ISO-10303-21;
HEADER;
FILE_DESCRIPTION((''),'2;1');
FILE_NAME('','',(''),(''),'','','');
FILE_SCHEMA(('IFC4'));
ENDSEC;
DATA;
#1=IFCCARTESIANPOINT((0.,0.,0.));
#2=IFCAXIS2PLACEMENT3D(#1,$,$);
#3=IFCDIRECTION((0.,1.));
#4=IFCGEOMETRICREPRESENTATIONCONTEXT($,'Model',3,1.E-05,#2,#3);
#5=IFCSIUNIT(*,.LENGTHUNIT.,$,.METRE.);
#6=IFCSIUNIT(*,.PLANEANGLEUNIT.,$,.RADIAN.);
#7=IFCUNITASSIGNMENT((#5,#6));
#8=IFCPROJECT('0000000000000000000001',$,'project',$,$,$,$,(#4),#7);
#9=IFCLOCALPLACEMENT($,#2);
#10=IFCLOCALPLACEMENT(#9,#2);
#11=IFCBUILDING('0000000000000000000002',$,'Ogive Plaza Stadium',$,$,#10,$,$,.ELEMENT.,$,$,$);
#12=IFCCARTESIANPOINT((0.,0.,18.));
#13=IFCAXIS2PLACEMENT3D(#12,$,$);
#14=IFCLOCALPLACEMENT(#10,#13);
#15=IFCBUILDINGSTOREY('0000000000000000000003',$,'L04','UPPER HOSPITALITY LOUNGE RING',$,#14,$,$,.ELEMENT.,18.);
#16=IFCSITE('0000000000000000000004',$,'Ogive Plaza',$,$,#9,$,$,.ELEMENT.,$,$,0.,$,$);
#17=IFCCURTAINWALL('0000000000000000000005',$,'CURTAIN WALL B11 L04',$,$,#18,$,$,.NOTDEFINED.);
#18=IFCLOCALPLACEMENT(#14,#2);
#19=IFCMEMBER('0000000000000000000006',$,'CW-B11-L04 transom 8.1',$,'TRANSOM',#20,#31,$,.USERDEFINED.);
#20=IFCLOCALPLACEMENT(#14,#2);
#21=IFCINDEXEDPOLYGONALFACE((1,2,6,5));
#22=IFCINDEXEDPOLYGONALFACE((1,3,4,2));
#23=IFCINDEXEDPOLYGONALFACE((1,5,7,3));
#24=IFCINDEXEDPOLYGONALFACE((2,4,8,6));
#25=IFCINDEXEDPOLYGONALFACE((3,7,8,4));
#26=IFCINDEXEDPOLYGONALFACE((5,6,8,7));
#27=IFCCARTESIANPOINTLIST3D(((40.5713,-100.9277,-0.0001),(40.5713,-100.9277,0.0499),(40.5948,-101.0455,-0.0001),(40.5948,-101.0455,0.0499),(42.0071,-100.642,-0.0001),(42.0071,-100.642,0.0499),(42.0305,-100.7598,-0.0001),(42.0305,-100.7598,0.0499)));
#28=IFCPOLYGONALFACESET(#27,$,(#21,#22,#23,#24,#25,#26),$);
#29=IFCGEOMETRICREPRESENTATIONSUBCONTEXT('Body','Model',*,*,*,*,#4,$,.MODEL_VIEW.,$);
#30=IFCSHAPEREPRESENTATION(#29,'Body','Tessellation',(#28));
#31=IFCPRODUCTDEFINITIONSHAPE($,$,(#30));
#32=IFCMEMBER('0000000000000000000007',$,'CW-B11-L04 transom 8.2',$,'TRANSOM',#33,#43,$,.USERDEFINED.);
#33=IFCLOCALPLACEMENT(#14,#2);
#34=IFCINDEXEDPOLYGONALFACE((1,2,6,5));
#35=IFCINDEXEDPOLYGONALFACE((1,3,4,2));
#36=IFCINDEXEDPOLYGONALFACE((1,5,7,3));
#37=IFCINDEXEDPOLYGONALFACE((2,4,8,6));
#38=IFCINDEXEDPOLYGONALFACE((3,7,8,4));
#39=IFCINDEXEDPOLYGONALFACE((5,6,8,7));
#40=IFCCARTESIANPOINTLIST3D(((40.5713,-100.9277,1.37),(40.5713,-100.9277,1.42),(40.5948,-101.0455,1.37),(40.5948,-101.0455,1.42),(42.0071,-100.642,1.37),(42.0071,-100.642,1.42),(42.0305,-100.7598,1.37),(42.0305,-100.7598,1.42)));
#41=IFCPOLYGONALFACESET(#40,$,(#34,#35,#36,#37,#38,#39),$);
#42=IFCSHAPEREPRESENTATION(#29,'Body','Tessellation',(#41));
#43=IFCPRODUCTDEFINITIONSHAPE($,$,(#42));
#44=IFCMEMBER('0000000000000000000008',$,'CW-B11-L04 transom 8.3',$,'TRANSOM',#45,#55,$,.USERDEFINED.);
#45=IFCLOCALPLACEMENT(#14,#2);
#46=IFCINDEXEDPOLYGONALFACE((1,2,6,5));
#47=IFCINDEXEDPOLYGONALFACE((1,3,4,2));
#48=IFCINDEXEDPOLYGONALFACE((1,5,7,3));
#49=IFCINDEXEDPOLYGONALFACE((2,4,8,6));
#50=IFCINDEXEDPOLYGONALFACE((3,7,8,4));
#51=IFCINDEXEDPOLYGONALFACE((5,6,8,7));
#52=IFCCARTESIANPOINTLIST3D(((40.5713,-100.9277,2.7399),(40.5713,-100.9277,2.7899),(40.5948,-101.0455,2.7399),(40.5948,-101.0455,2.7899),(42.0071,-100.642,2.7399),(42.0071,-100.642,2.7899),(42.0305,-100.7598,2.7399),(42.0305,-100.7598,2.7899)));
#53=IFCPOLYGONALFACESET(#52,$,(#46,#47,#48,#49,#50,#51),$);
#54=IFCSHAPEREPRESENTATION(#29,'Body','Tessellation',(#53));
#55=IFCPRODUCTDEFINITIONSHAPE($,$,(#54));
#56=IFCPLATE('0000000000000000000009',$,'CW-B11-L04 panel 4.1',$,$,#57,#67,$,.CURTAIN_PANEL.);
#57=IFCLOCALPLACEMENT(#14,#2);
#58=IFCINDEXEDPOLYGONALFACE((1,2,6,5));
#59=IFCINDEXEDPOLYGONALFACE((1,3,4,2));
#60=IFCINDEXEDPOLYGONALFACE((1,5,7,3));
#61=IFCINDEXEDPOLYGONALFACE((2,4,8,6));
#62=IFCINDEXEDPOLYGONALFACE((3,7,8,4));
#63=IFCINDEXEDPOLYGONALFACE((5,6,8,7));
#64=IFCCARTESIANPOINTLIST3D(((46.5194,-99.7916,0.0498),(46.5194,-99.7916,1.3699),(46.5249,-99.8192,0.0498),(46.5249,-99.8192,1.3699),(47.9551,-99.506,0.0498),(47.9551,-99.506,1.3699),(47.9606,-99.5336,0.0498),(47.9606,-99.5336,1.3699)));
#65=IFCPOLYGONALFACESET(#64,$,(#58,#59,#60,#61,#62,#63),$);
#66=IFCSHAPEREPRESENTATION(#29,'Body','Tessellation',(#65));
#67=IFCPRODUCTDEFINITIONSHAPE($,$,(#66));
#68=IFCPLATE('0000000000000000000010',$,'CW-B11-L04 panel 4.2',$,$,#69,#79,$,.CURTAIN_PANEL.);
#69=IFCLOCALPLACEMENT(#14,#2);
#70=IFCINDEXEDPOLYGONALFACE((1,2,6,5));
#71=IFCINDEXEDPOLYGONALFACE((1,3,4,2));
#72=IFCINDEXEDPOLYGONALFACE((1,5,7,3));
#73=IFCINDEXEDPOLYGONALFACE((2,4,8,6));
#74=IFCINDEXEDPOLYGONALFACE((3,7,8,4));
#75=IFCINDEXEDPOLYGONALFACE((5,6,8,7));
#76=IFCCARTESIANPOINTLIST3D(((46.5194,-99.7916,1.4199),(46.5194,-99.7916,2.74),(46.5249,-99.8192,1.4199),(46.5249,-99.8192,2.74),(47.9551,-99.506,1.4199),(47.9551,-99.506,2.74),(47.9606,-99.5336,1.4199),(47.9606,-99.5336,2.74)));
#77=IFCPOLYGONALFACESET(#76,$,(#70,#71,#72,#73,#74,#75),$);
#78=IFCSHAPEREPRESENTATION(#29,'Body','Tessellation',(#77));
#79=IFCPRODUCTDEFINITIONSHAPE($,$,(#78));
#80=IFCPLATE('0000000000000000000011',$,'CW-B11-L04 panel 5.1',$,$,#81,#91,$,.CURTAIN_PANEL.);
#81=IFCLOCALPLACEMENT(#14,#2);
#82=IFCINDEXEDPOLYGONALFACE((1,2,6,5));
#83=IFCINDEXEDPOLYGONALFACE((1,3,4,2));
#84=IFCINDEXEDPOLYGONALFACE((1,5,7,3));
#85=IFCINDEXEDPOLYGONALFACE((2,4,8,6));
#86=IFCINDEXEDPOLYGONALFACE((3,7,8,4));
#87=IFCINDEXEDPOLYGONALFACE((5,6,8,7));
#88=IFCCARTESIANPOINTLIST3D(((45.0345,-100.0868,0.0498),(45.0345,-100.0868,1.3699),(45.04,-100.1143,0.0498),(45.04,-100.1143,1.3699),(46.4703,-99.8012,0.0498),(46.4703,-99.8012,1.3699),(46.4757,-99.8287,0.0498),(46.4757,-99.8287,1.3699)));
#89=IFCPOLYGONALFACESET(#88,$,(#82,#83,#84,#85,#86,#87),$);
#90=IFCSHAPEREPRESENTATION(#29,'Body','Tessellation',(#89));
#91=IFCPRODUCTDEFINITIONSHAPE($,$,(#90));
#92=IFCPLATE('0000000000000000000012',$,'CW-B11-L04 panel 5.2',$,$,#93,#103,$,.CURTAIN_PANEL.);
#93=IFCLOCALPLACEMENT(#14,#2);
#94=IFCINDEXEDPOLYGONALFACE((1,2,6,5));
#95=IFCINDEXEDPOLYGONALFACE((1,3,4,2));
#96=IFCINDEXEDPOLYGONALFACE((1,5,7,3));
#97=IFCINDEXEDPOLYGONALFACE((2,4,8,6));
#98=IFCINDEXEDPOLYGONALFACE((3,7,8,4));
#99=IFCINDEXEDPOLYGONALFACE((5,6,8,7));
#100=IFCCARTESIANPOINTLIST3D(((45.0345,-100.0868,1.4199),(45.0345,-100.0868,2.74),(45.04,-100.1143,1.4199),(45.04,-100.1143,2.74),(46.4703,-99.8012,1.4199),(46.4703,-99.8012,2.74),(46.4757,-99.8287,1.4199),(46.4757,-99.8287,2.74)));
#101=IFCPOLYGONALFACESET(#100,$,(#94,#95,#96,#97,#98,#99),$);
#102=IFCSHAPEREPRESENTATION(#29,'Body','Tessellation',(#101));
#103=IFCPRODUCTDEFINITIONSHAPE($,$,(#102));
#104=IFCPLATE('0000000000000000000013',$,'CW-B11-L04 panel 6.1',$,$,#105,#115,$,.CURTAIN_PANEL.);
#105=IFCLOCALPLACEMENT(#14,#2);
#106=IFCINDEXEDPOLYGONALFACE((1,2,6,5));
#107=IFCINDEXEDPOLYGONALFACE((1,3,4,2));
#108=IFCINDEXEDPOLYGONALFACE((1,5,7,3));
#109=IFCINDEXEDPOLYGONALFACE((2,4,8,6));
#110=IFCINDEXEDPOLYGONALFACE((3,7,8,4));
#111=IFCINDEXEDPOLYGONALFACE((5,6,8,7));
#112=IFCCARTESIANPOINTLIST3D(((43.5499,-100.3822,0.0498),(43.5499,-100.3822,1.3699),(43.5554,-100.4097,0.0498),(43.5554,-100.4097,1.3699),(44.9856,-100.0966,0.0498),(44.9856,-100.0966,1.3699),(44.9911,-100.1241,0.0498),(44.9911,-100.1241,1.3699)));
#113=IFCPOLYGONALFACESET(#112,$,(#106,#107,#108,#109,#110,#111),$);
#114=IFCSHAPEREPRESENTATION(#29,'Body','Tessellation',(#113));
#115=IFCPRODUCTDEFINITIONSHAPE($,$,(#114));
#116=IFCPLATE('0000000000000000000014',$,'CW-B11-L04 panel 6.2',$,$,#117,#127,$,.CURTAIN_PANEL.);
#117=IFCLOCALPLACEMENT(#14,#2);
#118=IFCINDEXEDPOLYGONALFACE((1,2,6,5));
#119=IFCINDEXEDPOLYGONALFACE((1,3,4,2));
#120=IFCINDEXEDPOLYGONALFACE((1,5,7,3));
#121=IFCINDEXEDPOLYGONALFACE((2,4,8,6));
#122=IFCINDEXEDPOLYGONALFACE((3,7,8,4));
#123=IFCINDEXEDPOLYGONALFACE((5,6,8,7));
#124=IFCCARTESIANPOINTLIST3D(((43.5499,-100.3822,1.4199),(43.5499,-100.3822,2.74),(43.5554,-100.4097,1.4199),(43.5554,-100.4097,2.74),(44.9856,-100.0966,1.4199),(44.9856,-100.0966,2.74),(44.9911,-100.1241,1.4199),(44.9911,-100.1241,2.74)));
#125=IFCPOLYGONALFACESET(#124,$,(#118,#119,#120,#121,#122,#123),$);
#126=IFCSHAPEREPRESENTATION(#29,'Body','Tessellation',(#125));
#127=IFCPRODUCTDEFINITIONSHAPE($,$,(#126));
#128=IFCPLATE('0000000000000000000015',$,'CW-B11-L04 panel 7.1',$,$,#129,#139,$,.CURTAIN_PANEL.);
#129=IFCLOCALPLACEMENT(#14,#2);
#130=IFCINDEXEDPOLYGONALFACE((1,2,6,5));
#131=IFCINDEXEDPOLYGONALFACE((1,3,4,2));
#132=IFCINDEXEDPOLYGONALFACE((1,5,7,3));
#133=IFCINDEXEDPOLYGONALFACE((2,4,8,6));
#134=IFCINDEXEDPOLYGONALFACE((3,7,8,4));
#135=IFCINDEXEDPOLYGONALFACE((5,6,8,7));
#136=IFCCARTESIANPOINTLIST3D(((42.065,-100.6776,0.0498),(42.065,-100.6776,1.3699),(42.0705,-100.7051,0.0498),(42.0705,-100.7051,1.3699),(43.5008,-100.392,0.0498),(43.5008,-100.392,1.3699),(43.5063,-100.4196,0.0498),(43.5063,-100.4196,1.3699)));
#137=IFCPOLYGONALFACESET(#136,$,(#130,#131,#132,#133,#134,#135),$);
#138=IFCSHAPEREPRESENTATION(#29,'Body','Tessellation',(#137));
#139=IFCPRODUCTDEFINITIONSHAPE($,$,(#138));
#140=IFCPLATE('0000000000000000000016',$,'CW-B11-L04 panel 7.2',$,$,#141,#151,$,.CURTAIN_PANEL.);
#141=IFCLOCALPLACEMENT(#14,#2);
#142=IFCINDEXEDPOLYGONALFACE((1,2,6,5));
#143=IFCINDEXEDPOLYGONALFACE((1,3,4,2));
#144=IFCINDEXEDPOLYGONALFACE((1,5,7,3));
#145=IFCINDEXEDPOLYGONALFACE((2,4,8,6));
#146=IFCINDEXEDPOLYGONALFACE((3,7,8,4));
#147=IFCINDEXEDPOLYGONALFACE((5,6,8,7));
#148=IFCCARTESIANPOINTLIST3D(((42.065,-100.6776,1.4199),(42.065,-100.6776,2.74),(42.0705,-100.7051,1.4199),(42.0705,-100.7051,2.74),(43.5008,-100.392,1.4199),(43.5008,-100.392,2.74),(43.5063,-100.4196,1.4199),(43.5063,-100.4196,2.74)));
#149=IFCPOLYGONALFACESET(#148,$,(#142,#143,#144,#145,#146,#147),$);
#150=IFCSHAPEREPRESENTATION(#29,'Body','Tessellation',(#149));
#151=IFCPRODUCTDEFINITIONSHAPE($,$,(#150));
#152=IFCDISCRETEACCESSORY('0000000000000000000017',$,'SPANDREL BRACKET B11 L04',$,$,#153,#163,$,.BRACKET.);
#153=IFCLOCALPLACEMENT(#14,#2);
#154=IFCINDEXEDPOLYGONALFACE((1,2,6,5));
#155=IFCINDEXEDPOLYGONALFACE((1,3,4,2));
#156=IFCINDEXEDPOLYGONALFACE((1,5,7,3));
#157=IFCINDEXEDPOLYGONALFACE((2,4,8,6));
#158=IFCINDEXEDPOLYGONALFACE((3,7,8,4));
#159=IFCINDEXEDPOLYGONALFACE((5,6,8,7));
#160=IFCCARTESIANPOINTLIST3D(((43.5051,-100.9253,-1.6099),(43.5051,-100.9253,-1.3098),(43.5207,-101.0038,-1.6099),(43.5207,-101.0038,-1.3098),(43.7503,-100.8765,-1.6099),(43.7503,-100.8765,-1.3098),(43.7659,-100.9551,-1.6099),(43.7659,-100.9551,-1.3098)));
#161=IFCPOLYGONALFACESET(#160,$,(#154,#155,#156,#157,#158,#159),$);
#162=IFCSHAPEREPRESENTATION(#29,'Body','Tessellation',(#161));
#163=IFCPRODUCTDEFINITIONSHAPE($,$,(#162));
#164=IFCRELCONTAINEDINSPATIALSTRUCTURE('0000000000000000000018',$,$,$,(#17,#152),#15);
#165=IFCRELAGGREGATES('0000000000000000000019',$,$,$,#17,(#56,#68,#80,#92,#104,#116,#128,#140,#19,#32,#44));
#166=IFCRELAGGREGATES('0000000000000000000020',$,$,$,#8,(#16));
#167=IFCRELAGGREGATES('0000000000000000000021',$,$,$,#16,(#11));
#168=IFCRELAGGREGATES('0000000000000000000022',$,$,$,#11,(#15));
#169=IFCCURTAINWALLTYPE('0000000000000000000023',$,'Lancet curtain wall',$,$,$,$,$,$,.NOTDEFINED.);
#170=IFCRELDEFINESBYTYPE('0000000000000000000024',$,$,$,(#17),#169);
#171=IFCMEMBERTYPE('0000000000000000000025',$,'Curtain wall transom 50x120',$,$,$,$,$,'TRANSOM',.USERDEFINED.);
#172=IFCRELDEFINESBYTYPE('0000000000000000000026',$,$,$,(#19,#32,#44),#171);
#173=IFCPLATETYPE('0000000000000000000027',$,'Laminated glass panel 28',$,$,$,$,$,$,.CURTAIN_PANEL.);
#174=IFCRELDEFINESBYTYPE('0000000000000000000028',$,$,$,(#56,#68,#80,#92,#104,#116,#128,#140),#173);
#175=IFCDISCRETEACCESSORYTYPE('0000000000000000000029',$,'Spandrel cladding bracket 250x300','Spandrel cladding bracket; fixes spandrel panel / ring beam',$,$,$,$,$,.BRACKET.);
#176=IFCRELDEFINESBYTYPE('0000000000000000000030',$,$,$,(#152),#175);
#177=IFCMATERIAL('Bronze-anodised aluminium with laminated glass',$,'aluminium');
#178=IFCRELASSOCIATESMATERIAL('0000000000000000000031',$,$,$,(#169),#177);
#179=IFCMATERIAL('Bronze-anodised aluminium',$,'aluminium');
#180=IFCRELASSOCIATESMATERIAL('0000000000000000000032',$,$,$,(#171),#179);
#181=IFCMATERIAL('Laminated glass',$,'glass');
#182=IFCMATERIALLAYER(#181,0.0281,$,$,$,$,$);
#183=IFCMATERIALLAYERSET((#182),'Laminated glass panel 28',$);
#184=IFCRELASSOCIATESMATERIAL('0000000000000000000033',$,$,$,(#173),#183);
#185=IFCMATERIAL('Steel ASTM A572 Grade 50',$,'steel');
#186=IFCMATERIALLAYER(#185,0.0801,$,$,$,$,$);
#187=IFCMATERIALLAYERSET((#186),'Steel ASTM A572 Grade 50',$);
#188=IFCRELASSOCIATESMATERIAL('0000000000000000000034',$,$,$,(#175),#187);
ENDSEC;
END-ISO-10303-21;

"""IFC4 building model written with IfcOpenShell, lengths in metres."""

from ifc_helpers import new_model, si_unit, direction, frame, origin, origin_2d, place, context, subcontext, project, spatial, rectangle, extrude, material, layer, layer_set, material_profile, profile_set, type_object, element, aggregate, save


model = new_model("IFC4")

# Units and contexts
model_context = context("Model", 3, precision=1e-05, world=origin(), true_north=direction((0.0, 1.0)))
body_context = subcontext(model_context, "Body", "Model", "MODEL_VIEW")
ifc_project = project(units=[si_unit("LENGTHUNIT", "METRE"), si_unit("PLANEANGLEUNIT", "RADIAN")], contexts=[model_context])

# Site, building, storey
site_placement = place(None, origin())
site = spatial("IfcSite", under=ifc_project, at=site_placement, Name="Ogive Plaza", CompositionType="ELEMENT", RefElevation=0.0)
building_placement = place(site_placement, origin())
building = spatial("IfcBuilding", under=site, at=building_placement, Name="Ogive Plaza Stadium", CompositionType="ELEMENT")
storey_placement = place(building_placement, frame((0.0, 0.0, 18.0)))
storey = spatial("IfcBuildingStorey", under=building, at=storey_placement, Name="L04", Description="UPPER HOSPITALITY LOUNGE RING", CompositionType="ELEMENT", Elevation=18.0)

# Curtain wall, members, plates
ifc_material_1 = material(Name="Bronze-anodised aluminium with laminated glass", Category="aluminium")
curtain_wall_type = type_object("IfcCurtainWallType", Name="Lancet curtain wall", PredefinedType="NOTDEFINED", material=ifc_material_1)
curtain_wall_placement = place(storey_placement, origin())
curtain_wall = element("IfcCurtainWall", 1, at=curtain_wall_placement, inside=storey, type_object=curtain_wall_type, Name="CURTAIN WALL B11 L04", PredefinedType="NOTDEFINED")
ifc_material_2 = material(Name="Bronze-anodised aluminium", Category="aluminium")
ifc_material_profile_1 = material_profile(ifc_material_2, rectangle(XDim=0.1201, YDim=0.05, at=origin_2d()), Name="AL 120x50")
ifc_profile_set_1 = profile_set([ifc_material_profile_1], Name="Bronze-anodised aluminium")
member_type_1 = type_object("IfcMemberType", Name="Curtain wall transom 50x120", ElementType="TRANSOM", PredefinedType="USERDEFINED", material=ifc_profile_set_1)
member_1_placement = place(storey_placement, frame((42.0188, -100.7009, 0.0249), z_axis=(-0.980779, -0.195122, 0.0), x_axis=(0.195122, -0.980779, 0.0)))
member_1 = element("IfcMember", 2, at=member_1_placement, type_object=member_type_1, Name="CW-B11-L04 transom 8.1", ObjectType="TRANSOM", PredefinedType="USERDEFINED", context=body_context, shape_type="SweptSolid", body=[
    extrude(rectangle(XDim=0.1201, YDim=0.05, at=origin_2d()), origin(), (0.0, 0.0, 1.0), 1.4639),
])
member_2_placement = place(storey_placement, frame((42.0188, -100.7009, 1.395), z_axis=(-0.980779, -0.195122, 0.0), x_axis=(0.195122, -0.980779, 0.0)))
member_2 = element("IfcMember", 3, at=member_2_placement, type_object=member_type_1, Name="CW-B11-L04 transom 8.2", ObjectType="TRANSOM", PredefinedType="USERDEFINED", context=body_context, shape_type="SweptSolid", body=[
    extrude(rectangle(XDim=0.1201, YDim=0.05, at=origin_2d()), origin(), (0.0, 0.0, 1.0), 1.4639),
])
member_3_placement = place(storey_placement, frame((42.0188, -100.7009, 2.7649), z_axis=(-0.980779, -0.195122, 0.0), x_axis=(0.195122, -0.980779, 0.0)))
member_3 = element("IfcMember", 4, at=member_3_placement, type_object=member_type_1, Name="CW-B11-L04 transom 8.3", ObjectType="TRANSOM", PredefinedType="USERDEFINED", context=body_context, shape_type="SweptSolid", body=[
    extrude(rectangle(XDim=0.1201, YDim=0.05, at=origin_2d()), origin(), (0.0, 0.0, 1.0), 1.4639),
])
ifc_material_3 = material(Name="Laminated glass", Category="glass")
ifc_layer_1 = layer(ifc_material_3, 0.0281)
ifc_layer_set_1 = layer_set([ifc_layer_1], Name="Laminated glass panel 28")
plate_type = type_object("IfcPlateType", Name="Laminated glass panel 28", PredefinedType="CURTAIN_PANEL", material=ifc_layer_set_1)
plate_1_placement = place(storey_placement, frame((47.24, -99.6626, 0.0498), z_axis=(0.0, 0.0, 1.0), x_axis=(-0.980785, -0.19509, 0.0)))
plate_1 = element("IfcPlate", 5, at=plate_1_placement, type_object=plate_type, Name="CW-B11-L04 panel 4.1", PredefinedType="CURTAIN_PANEL", context=body_context, shape_type="SweptSolid", body=[
    extrude(rectangle(XDim=1.4639, YDim=0.0281, at=origin_2d()), origin(), (0.0, 0.0, 1.0), 1.3201),
])
plate_2_placement = place(storey_placement, frame((47.24, -99.6626, 1.4199), z_axis=(0.0, 0.0, 1.0), x_axis=(-0.980785, -0.19509, 0.0)))
plate_2 = element("IfcPlate", 6, at=plate_2_placement, type_object=plate_type, Name="CW-B11-L04 panel 4.2", PredefinedType="CURTAIN_PANEL", context=body_context, shape_type="SweptSolid", body=[
    extrude(rectangle(XDim=1.4639, YDim=0.0281, at=origin_2d()), origin(), (0.0, 0.0, 1.0), 1.3201),
])
plate_3_placement = place(storey_placement, frame((45.7551, -99.9578, 0.0498), z_axis=(0.0, 0.0, 1.0), x_axis=(-0.980785, -0.19509, 0.0)))
plate_3 = element("IfcPlate", 7, at=plate_3_placement, type_object=plate_type, Name="CW-B11-L04 panel 5.1", PredefinedType="CURTAIN_PANEL", context=body_context, shape_type="SweptSolid", body=[
    extrude(rectangle(XDim=1.4639, YDim=0.0281, at=origin_2d()), origin(), (0.0, 0.0, 1.0), 1.3201),
])
plate_4_placement = place(storey_placement, frame((45.7551, -99.9578, 1.4199), z_axis=(0.0, 0.0, 1.0), x_axis=(-0.980785, -0.19509, 0.0)))
plate_4 = element("IfcPlate", 8, at=plate_4_placement, type_object=plate_type, Name="CW-B11-L04 panel 5.2", PredefinedType="CURTAIN_PANEL", context=body_context, shape_type="SweptSolid", body=[
    extrude(rectangle(XDim=1.4639, YDim=0.0281, at=origin_2d()), origin(), (0.0, 0.0, 1.0), 1.3201),
])
plate_5_placement = place(storey_placement, frame((44.2705, -100.2532, 0.0498), z_axis=(0.0, 0.0, 1.0), x_axis=(-0.980785, -0.19509, 0.0)))
plate_5 = element("IfcPlate", 9, at=plate_5_placement, type_object=plate_type, Name="CW-B11-L04 panel 6.1", PredefinedType="CURTAIN_PANEL", context=body_context, shape_type="SweptSolid", body=[
    extrude(rectangle(XDim=1.4639, YDim=0.0281, at=origin_2d()), origin(), (0.0, 0.0, 1.0), 1.3201),
])
plate_6_placement = place(storey_placement, frame((44.2705, -100.2532, 1.4199), z_axis=(0.0, 0.0, 1.0), x_axis=(-0.980785, -0.19509, 0.0)))
plate_6 = element("IfcPlate", 10, at=plate_6_placement, type_object=plate_type, Name="CW-B11-L04 panel 6.2", PredefinedType="CURTAIN_PANEL", context=body_context, shape_type="SweptSolid", body=[
    extrude(rectangle(XDim=1.4639, YDim=0.0281, at=origin_2d()), origin(), (0.0, 0.0, 1.0), 1.3201),
])
plate_7_placement = place(storey_placement, frame((42.7856, -100.5486, 0.0498), z_axis=(0.0, 0.0, 1.0), x_axis=(-0.980785, -0.19509, 0.0)))
plate_7 = element("IfcPlate", 11, at=plate_7_placement, type_object=plate_type, Name="CW-B11-L04 panel 7.1", PredefinedType="CURTAIN_PANEL", context=body_context, shape_type="SweptSolid", body=[
    extrude(rectangle(XDim=1.4639, YDim=0.0281, at=origin_2d()), origin(), (0.0, 0.0, 1.0), 1.3201),
])
plate_8_placement = place(storey_placement, frame((42.7856, -100.5486, 1.4199), z_axis=(0.0, 0.0, 1.0), x_axis=(-0.980785, -0.19509, 0.0)))
plate_8 = element("IfcPlate", 12, at=plate_8_placement, type_object=plate_type, Name="CW-B11-L04 panel 7.2", PredefinedType="CURTAIN_PANEL", context=body_context, shape_type="SweptSolid", body=[
    extrude(rectangle(XDim=1.4639, YDim=0.0281, at=origin_2d()), origin(), (0.0, 0.0, 1.0), 1.3201),
])
aggregate(curtain_wall, [plate_1, plate_2, plate_3, plate_4, plate_5, plate_6, plate_7, plate_8, member_1, member_2, member_3])

# Discrete accessory
ifc_material_4 = material(Name="Steel ASTM A572 Grade 50", Category="steel")
ifc_layer_2 = layer(ifc_material_4, 0.0801)
ifc_layer_set_2 = layer_set([ifc_layer_2], Name="Steel ASTM A572 Grade 50")
discrete_accessory_type = type_object("IfcDiscreteAccessoryType", Name="Spandrel cladding bracket 250x300", Description="Spandrel cladding bracket; fixes spandrel panel / ring beam", PredefinedType="BRACKET", material=ifc_layer_set_2)
discrete_accessory_placement = place(storey_placement, frame((43.6355, -100.9402, -1.6099), z_axis=(0.0, 0.0, 1.0), x_axis=(-0.980785, -0.19509, 0.0)))
element("IfcDiscreteAccessory", 13, at=discrete_accessory_placement, inside=storey, type_object=discrete_accessory_type, Name="SPANDREL BRACKET B11 L04", PredefinedType="BRACKET", context=body_context, shape_type="SweptSolid", body=[
    extrude(rectangle(XDim=0.25, YDim=0.0801, at=origin_2d()), origin(), (0.0, 0.0, 1.0), 0.3),
])

save(model, "model.ifc")
